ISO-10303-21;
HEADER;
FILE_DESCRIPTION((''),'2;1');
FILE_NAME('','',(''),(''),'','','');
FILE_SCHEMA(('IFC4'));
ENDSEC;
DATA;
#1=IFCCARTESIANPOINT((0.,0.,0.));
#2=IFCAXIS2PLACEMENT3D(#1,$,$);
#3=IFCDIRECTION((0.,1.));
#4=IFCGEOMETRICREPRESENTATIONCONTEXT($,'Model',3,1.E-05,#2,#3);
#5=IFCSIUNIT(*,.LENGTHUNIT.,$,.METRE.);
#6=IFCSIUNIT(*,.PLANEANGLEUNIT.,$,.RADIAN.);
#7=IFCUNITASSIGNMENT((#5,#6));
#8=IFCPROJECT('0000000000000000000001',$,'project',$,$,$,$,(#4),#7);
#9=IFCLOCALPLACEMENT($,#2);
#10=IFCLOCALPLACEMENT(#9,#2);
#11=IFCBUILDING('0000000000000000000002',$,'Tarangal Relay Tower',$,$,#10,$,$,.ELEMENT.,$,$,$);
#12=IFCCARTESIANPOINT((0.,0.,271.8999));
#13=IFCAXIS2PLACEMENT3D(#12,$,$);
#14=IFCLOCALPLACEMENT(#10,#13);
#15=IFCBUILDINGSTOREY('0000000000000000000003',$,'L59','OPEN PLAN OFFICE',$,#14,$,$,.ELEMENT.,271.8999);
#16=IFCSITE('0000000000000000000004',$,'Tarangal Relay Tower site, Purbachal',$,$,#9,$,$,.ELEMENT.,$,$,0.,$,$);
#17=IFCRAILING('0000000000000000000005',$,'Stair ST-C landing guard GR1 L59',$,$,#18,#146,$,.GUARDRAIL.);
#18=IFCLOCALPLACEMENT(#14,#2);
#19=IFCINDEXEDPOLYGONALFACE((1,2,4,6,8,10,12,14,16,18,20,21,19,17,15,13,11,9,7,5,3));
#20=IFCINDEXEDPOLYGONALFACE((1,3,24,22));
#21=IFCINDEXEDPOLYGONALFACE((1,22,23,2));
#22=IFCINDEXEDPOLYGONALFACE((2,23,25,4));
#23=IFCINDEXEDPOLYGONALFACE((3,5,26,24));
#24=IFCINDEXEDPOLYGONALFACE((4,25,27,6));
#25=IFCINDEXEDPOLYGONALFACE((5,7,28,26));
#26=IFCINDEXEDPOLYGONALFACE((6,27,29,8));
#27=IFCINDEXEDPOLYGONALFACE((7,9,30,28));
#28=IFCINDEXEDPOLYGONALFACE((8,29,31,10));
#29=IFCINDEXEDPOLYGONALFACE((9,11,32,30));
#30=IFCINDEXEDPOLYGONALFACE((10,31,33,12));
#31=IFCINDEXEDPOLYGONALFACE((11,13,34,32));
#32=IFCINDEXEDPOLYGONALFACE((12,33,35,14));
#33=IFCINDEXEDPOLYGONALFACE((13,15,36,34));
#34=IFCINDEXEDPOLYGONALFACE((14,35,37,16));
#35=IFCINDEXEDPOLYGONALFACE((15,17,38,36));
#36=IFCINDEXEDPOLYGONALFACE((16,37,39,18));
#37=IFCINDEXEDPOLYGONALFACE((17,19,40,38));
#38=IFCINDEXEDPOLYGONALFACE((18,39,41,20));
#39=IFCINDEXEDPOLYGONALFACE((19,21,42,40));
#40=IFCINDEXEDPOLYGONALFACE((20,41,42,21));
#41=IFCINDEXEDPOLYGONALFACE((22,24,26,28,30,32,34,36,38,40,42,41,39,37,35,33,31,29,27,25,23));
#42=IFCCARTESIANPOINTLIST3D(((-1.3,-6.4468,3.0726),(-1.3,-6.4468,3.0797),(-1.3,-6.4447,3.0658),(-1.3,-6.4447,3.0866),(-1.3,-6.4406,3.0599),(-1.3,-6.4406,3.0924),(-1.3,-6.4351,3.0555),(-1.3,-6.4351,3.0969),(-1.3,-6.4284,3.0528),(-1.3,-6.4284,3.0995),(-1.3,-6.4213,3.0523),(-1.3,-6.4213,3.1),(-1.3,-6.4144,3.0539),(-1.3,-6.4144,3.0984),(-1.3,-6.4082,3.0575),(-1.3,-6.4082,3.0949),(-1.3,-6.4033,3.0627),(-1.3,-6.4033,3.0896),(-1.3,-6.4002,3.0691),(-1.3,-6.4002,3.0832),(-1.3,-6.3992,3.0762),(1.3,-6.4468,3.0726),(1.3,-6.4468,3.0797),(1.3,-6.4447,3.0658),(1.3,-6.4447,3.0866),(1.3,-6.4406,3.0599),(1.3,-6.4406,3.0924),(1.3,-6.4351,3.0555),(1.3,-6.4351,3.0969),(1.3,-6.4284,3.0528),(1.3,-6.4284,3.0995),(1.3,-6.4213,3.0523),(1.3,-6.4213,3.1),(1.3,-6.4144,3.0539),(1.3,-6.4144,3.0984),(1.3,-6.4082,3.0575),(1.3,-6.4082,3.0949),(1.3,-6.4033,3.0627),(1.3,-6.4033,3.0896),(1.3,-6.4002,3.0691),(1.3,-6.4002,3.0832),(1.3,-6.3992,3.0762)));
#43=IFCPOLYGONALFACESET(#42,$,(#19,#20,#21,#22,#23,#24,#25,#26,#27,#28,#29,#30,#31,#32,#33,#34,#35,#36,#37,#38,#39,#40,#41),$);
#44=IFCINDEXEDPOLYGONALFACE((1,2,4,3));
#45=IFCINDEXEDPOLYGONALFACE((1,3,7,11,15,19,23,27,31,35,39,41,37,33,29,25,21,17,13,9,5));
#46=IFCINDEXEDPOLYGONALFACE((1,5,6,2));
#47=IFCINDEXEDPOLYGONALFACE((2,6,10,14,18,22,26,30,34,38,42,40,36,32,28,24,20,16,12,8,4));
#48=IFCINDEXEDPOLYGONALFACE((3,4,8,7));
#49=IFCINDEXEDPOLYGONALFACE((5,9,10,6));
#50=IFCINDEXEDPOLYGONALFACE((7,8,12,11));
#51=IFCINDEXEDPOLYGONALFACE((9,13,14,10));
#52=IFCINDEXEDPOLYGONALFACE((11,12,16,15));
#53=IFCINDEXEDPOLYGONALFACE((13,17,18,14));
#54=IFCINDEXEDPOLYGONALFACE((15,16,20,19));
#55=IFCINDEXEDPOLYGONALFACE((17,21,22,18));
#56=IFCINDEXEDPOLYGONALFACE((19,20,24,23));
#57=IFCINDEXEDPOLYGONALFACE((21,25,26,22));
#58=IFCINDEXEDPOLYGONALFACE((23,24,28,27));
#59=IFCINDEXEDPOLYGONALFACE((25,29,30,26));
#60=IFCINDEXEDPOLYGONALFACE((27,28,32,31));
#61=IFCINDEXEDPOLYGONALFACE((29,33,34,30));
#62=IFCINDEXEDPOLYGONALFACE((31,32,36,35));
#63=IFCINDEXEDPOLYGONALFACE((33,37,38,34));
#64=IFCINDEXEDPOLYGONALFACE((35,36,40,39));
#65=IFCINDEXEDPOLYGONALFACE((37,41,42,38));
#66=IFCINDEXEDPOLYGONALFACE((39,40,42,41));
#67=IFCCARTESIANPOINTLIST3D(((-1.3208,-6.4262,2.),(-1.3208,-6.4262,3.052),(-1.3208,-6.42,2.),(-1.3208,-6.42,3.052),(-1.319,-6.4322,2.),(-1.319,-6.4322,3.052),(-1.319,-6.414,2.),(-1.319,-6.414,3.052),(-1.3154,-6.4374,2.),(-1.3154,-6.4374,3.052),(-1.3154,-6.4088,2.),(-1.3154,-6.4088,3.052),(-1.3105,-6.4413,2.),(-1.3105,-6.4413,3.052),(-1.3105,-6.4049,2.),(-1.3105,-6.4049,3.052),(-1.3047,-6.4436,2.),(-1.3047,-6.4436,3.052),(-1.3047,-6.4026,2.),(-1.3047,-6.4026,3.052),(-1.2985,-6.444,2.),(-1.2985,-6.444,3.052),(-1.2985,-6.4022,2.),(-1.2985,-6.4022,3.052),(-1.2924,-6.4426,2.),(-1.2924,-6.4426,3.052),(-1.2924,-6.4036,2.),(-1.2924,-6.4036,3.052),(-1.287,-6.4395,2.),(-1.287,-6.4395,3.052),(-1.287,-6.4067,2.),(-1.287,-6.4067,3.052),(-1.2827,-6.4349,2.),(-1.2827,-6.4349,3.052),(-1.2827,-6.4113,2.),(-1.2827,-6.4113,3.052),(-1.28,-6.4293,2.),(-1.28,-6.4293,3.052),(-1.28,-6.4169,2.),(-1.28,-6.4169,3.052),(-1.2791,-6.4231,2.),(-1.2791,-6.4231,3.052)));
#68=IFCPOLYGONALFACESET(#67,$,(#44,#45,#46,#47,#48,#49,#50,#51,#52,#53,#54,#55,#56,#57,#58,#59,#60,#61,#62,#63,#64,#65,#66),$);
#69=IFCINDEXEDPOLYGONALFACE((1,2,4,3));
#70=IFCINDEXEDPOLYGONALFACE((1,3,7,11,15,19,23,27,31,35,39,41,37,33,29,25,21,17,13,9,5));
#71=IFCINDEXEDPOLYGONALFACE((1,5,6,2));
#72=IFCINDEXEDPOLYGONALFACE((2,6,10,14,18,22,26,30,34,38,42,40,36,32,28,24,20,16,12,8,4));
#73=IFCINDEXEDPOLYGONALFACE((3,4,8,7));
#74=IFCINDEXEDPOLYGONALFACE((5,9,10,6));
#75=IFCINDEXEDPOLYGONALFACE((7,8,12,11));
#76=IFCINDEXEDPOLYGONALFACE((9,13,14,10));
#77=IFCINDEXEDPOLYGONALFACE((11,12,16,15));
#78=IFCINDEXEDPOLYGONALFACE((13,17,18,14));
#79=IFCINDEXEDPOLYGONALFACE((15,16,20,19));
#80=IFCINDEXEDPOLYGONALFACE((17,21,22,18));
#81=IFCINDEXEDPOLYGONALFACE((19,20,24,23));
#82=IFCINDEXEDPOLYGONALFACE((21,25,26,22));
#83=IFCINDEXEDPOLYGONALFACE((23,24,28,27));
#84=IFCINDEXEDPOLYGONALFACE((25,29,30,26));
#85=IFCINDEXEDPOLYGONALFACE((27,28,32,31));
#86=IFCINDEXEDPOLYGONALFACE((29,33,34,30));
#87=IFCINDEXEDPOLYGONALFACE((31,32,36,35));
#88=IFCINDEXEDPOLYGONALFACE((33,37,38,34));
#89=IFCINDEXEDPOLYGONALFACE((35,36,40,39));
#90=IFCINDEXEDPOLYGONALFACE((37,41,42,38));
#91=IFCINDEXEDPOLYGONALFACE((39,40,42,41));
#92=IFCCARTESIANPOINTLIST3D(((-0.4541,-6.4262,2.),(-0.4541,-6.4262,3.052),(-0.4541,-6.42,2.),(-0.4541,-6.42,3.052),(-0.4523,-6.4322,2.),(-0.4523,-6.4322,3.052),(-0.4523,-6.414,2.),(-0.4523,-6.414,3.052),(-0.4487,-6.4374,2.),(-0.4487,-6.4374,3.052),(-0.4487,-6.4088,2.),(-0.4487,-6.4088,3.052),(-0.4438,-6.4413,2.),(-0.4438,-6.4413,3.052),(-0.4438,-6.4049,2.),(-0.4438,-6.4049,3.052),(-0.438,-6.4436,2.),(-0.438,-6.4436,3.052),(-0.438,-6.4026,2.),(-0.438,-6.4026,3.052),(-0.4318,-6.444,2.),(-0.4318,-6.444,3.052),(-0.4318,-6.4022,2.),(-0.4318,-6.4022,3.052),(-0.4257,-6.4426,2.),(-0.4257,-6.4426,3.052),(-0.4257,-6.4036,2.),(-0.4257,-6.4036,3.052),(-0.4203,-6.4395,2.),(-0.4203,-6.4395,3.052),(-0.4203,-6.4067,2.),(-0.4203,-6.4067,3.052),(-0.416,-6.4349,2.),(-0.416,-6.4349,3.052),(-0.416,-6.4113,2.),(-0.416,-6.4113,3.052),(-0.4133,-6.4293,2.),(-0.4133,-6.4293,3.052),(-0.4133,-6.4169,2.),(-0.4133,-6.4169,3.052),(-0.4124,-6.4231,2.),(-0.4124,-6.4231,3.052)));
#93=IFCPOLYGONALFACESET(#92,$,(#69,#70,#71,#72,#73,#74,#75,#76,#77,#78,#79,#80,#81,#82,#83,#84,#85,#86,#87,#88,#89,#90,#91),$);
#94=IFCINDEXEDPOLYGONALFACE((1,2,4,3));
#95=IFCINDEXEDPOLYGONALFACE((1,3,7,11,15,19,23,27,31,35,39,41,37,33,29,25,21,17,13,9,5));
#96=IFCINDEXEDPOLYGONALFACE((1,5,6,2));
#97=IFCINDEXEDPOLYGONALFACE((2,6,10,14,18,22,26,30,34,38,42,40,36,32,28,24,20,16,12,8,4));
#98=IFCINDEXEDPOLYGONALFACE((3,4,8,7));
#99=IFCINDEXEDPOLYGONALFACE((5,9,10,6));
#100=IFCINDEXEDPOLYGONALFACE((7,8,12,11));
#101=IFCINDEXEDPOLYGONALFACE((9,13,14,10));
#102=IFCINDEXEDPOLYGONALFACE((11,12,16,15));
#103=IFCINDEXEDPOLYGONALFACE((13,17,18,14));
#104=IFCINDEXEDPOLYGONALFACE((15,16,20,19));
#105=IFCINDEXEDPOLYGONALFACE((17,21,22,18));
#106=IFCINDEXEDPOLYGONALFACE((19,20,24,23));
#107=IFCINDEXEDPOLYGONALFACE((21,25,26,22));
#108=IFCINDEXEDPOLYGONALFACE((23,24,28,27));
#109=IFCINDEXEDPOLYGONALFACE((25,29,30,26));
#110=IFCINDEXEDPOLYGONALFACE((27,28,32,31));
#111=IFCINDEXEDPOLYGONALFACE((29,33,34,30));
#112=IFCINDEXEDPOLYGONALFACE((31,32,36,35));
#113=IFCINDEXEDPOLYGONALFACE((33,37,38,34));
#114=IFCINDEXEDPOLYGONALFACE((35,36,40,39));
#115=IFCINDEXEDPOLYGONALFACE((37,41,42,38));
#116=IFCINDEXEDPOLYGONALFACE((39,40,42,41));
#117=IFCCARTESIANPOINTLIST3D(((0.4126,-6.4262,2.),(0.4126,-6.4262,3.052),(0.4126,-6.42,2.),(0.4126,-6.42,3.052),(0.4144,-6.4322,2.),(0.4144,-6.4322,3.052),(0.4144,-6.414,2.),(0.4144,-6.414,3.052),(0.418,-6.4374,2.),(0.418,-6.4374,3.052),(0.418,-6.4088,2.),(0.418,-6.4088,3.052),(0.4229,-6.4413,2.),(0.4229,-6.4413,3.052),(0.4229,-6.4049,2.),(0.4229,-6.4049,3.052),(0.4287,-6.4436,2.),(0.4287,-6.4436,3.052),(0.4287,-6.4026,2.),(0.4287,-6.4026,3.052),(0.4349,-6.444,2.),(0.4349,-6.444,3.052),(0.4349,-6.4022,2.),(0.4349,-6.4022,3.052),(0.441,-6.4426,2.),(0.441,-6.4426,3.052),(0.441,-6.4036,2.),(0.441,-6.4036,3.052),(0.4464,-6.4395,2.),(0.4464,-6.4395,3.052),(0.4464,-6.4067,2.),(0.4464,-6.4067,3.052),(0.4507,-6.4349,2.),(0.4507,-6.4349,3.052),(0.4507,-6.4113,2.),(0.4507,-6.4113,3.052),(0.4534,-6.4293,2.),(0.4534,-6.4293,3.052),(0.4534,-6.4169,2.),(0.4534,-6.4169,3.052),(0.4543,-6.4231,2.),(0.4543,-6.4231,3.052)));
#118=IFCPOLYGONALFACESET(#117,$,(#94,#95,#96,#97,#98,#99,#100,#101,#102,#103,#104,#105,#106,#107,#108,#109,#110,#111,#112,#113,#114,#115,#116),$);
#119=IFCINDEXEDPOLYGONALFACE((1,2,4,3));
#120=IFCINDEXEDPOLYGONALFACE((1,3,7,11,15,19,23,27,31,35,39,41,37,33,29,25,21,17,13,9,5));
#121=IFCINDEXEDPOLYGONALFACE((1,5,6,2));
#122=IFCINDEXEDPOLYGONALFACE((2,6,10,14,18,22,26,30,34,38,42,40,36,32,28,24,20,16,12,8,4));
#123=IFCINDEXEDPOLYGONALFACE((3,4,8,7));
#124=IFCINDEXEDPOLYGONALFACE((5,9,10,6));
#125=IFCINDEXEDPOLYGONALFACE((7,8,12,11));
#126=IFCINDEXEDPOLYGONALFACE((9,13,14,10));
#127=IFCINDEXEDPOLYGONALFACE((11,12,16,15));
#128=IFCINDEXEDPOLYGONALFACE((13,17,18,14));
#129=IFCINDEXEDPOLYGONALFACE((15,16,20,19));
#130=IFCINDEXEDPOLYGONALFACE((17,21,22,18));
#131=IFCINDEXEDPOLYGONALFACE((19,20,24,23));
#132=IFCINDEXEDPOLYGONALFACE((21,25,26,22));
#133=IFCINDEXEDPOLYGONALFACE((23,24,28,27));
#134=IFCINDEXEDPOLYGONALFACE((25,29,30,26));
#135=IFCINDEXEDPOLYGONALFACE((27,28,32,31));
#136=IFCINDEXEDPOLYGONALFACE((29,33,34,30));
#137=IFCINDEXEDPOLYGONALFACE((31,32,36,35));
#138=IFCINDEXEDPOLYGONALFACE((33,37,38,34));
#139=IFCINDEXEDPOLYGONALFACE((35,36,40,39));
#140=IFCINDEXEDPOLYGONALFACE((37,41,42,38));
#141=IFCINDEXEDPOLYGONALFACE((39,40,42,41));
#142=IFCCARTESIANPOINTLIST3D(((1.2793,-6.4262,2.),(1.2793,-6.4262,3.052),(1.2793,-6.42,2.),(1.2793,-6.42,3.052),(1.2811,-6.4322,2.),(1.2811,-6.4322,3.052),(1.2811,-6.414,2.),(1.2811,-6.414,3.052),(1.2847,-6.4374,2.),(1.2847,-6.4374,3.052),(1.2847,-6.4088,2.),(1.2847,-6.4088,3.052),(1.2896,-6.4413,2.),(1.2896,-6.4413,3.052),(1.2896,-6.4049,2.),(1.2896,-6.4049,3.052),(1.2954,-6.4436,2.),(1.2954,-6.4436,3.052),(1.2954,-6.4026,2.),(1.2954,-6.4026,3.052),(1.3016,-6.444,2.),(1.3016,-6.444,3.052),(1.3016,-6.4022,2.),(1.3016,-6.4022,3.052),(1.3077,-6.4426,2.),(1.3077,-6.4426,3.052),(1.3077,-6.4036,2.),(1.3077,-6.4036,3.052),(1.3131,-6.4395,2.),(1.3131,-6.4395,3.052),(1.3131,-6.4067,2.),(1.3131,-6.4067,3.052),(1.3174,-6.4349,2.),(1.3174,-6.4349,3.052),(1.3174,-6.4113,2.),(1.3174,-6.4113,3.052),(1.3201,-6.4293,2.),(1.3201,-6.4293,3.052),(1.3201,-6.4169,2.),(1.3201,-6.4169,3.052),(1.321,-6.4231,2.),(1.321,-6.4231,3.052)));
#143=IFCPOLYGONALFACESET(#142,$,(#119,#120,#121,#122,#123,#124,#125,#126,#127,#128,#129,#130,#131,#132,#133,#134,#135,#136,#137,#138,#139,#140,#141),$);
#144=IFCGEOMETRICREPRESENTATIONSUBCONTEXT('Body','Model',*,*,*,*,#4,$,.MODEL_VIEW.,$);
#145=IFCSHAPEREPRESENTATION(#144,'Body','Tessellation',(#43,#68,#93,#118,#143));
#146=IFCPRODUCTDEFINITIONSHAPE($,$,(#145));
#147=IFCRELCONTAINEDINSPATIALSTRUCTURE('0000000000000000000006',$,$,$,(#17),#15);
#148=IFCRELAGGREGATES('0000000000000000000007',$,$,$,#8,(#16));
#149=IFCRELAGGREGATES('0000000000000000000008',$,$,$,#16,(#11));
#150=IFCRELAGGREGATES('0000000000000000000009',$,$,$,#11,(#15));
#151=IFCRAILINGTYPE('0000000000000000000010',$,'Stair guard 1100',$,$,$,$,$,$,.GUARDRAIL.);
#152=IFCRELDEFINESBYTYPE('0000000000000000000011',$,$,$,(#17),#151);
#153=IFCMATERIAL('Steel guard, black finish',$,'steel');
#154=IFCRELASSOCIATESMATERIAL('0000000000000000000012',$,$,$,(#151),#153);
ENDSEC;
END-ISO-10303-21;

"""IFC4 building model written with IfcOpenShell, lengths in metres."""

from ifc_helpers import new_model, si_unit, direction, frame, origin, origin_2d, place, context, subcontext, project, spatial, circle, extrude, material, type_object, element, save


model = new_model("IFC4")

# Units and contexts
model_context = context("Model", 3, precision=1e-05, world=origin(), true_north=direction((0.0, 1.0)))
body_context = subcontext(model_context, "Body", "Model", "MODEL_VIEW")
ifc_project = project(units=[si_unit("LENGTHUNIT", "METRE"), si_unit("PLANEANGLEUNIT", "RADIAN")], contexts=[model_context])

# Site, building, storey
site_placement = place(None, origin())
site = spatial("IfcSite", under=ifc_project, at=site_placement, Name="Tarangal Relay Tower site, Purbachal", CompositionType="ELEMENT", RefElevation=0.0)
building_placement = place(site_placement, origin())
building = spatial("IfcBuilding", under=site, at=building_placement, Name="Tarangal Relay Tower", CompositionType="ELEMENT")
storey_placement = place(building_placement, frame((0.0, 0.0, 271.8999)))
storey = spatial("IfcBuildingStorey", under=building, at=storey_placement, Name="L59", Description="OPEN PLAN OFFICE", CompositionType="ELEMENT", Elevation=271.8999)

# Railing
ifc_material_1 = material(Name="Steel guard, black finish", Category="steel")
railing_type = type_object("IfcRailingType", Name="Stair guard 1100", PredefinedType="GUARDRAIL", material=ifc_material_1)
railing_1_placement = place(storey_placement, frame((-1.3, -6.4231, 2.0)))
element("IfcRailing", 1, at=railing_1_placement, inside=storey, type_object=railing_type, Name="Stair ST-C landing guard GR1 L59", PredefinedType="GUARDRAIL", context=body_context, shape_type="SweptSolid", body=[
    extrude(circle(Radius=0.0239, at=origin_2d()), frame((0.0, 0.0, 1.0762), z_axis=(1.0, 0.0, 0.0), x_axis=(0.0, 1.0, 0.0)), (0.0, 0.0, 1.0), 2.6001),
    extrude(circle(Radius=0.021, at=origin_2d()), origin(), (0.0, 0.0, 1.0), 1.052),
    extrude(circle(Radius=0.021, at=origin_2d()), frame((0.8667, 0.0, 0.0)), (0.0, 0.0, 1.0), 1.052),
    extrude(circle(Radius=0.021, at=origin_2d()), frame((1.7334, 0.0, 0.0)), (0.0, 0.0, 1.0), 1.052),
    extrude(circle(Radius=0.021, at=origin_2d()), frame((2.6001, 0.0, 0.0)), (0.0, 0.0, 1.0), 1.052),
])

save(model, "model.ifc")
